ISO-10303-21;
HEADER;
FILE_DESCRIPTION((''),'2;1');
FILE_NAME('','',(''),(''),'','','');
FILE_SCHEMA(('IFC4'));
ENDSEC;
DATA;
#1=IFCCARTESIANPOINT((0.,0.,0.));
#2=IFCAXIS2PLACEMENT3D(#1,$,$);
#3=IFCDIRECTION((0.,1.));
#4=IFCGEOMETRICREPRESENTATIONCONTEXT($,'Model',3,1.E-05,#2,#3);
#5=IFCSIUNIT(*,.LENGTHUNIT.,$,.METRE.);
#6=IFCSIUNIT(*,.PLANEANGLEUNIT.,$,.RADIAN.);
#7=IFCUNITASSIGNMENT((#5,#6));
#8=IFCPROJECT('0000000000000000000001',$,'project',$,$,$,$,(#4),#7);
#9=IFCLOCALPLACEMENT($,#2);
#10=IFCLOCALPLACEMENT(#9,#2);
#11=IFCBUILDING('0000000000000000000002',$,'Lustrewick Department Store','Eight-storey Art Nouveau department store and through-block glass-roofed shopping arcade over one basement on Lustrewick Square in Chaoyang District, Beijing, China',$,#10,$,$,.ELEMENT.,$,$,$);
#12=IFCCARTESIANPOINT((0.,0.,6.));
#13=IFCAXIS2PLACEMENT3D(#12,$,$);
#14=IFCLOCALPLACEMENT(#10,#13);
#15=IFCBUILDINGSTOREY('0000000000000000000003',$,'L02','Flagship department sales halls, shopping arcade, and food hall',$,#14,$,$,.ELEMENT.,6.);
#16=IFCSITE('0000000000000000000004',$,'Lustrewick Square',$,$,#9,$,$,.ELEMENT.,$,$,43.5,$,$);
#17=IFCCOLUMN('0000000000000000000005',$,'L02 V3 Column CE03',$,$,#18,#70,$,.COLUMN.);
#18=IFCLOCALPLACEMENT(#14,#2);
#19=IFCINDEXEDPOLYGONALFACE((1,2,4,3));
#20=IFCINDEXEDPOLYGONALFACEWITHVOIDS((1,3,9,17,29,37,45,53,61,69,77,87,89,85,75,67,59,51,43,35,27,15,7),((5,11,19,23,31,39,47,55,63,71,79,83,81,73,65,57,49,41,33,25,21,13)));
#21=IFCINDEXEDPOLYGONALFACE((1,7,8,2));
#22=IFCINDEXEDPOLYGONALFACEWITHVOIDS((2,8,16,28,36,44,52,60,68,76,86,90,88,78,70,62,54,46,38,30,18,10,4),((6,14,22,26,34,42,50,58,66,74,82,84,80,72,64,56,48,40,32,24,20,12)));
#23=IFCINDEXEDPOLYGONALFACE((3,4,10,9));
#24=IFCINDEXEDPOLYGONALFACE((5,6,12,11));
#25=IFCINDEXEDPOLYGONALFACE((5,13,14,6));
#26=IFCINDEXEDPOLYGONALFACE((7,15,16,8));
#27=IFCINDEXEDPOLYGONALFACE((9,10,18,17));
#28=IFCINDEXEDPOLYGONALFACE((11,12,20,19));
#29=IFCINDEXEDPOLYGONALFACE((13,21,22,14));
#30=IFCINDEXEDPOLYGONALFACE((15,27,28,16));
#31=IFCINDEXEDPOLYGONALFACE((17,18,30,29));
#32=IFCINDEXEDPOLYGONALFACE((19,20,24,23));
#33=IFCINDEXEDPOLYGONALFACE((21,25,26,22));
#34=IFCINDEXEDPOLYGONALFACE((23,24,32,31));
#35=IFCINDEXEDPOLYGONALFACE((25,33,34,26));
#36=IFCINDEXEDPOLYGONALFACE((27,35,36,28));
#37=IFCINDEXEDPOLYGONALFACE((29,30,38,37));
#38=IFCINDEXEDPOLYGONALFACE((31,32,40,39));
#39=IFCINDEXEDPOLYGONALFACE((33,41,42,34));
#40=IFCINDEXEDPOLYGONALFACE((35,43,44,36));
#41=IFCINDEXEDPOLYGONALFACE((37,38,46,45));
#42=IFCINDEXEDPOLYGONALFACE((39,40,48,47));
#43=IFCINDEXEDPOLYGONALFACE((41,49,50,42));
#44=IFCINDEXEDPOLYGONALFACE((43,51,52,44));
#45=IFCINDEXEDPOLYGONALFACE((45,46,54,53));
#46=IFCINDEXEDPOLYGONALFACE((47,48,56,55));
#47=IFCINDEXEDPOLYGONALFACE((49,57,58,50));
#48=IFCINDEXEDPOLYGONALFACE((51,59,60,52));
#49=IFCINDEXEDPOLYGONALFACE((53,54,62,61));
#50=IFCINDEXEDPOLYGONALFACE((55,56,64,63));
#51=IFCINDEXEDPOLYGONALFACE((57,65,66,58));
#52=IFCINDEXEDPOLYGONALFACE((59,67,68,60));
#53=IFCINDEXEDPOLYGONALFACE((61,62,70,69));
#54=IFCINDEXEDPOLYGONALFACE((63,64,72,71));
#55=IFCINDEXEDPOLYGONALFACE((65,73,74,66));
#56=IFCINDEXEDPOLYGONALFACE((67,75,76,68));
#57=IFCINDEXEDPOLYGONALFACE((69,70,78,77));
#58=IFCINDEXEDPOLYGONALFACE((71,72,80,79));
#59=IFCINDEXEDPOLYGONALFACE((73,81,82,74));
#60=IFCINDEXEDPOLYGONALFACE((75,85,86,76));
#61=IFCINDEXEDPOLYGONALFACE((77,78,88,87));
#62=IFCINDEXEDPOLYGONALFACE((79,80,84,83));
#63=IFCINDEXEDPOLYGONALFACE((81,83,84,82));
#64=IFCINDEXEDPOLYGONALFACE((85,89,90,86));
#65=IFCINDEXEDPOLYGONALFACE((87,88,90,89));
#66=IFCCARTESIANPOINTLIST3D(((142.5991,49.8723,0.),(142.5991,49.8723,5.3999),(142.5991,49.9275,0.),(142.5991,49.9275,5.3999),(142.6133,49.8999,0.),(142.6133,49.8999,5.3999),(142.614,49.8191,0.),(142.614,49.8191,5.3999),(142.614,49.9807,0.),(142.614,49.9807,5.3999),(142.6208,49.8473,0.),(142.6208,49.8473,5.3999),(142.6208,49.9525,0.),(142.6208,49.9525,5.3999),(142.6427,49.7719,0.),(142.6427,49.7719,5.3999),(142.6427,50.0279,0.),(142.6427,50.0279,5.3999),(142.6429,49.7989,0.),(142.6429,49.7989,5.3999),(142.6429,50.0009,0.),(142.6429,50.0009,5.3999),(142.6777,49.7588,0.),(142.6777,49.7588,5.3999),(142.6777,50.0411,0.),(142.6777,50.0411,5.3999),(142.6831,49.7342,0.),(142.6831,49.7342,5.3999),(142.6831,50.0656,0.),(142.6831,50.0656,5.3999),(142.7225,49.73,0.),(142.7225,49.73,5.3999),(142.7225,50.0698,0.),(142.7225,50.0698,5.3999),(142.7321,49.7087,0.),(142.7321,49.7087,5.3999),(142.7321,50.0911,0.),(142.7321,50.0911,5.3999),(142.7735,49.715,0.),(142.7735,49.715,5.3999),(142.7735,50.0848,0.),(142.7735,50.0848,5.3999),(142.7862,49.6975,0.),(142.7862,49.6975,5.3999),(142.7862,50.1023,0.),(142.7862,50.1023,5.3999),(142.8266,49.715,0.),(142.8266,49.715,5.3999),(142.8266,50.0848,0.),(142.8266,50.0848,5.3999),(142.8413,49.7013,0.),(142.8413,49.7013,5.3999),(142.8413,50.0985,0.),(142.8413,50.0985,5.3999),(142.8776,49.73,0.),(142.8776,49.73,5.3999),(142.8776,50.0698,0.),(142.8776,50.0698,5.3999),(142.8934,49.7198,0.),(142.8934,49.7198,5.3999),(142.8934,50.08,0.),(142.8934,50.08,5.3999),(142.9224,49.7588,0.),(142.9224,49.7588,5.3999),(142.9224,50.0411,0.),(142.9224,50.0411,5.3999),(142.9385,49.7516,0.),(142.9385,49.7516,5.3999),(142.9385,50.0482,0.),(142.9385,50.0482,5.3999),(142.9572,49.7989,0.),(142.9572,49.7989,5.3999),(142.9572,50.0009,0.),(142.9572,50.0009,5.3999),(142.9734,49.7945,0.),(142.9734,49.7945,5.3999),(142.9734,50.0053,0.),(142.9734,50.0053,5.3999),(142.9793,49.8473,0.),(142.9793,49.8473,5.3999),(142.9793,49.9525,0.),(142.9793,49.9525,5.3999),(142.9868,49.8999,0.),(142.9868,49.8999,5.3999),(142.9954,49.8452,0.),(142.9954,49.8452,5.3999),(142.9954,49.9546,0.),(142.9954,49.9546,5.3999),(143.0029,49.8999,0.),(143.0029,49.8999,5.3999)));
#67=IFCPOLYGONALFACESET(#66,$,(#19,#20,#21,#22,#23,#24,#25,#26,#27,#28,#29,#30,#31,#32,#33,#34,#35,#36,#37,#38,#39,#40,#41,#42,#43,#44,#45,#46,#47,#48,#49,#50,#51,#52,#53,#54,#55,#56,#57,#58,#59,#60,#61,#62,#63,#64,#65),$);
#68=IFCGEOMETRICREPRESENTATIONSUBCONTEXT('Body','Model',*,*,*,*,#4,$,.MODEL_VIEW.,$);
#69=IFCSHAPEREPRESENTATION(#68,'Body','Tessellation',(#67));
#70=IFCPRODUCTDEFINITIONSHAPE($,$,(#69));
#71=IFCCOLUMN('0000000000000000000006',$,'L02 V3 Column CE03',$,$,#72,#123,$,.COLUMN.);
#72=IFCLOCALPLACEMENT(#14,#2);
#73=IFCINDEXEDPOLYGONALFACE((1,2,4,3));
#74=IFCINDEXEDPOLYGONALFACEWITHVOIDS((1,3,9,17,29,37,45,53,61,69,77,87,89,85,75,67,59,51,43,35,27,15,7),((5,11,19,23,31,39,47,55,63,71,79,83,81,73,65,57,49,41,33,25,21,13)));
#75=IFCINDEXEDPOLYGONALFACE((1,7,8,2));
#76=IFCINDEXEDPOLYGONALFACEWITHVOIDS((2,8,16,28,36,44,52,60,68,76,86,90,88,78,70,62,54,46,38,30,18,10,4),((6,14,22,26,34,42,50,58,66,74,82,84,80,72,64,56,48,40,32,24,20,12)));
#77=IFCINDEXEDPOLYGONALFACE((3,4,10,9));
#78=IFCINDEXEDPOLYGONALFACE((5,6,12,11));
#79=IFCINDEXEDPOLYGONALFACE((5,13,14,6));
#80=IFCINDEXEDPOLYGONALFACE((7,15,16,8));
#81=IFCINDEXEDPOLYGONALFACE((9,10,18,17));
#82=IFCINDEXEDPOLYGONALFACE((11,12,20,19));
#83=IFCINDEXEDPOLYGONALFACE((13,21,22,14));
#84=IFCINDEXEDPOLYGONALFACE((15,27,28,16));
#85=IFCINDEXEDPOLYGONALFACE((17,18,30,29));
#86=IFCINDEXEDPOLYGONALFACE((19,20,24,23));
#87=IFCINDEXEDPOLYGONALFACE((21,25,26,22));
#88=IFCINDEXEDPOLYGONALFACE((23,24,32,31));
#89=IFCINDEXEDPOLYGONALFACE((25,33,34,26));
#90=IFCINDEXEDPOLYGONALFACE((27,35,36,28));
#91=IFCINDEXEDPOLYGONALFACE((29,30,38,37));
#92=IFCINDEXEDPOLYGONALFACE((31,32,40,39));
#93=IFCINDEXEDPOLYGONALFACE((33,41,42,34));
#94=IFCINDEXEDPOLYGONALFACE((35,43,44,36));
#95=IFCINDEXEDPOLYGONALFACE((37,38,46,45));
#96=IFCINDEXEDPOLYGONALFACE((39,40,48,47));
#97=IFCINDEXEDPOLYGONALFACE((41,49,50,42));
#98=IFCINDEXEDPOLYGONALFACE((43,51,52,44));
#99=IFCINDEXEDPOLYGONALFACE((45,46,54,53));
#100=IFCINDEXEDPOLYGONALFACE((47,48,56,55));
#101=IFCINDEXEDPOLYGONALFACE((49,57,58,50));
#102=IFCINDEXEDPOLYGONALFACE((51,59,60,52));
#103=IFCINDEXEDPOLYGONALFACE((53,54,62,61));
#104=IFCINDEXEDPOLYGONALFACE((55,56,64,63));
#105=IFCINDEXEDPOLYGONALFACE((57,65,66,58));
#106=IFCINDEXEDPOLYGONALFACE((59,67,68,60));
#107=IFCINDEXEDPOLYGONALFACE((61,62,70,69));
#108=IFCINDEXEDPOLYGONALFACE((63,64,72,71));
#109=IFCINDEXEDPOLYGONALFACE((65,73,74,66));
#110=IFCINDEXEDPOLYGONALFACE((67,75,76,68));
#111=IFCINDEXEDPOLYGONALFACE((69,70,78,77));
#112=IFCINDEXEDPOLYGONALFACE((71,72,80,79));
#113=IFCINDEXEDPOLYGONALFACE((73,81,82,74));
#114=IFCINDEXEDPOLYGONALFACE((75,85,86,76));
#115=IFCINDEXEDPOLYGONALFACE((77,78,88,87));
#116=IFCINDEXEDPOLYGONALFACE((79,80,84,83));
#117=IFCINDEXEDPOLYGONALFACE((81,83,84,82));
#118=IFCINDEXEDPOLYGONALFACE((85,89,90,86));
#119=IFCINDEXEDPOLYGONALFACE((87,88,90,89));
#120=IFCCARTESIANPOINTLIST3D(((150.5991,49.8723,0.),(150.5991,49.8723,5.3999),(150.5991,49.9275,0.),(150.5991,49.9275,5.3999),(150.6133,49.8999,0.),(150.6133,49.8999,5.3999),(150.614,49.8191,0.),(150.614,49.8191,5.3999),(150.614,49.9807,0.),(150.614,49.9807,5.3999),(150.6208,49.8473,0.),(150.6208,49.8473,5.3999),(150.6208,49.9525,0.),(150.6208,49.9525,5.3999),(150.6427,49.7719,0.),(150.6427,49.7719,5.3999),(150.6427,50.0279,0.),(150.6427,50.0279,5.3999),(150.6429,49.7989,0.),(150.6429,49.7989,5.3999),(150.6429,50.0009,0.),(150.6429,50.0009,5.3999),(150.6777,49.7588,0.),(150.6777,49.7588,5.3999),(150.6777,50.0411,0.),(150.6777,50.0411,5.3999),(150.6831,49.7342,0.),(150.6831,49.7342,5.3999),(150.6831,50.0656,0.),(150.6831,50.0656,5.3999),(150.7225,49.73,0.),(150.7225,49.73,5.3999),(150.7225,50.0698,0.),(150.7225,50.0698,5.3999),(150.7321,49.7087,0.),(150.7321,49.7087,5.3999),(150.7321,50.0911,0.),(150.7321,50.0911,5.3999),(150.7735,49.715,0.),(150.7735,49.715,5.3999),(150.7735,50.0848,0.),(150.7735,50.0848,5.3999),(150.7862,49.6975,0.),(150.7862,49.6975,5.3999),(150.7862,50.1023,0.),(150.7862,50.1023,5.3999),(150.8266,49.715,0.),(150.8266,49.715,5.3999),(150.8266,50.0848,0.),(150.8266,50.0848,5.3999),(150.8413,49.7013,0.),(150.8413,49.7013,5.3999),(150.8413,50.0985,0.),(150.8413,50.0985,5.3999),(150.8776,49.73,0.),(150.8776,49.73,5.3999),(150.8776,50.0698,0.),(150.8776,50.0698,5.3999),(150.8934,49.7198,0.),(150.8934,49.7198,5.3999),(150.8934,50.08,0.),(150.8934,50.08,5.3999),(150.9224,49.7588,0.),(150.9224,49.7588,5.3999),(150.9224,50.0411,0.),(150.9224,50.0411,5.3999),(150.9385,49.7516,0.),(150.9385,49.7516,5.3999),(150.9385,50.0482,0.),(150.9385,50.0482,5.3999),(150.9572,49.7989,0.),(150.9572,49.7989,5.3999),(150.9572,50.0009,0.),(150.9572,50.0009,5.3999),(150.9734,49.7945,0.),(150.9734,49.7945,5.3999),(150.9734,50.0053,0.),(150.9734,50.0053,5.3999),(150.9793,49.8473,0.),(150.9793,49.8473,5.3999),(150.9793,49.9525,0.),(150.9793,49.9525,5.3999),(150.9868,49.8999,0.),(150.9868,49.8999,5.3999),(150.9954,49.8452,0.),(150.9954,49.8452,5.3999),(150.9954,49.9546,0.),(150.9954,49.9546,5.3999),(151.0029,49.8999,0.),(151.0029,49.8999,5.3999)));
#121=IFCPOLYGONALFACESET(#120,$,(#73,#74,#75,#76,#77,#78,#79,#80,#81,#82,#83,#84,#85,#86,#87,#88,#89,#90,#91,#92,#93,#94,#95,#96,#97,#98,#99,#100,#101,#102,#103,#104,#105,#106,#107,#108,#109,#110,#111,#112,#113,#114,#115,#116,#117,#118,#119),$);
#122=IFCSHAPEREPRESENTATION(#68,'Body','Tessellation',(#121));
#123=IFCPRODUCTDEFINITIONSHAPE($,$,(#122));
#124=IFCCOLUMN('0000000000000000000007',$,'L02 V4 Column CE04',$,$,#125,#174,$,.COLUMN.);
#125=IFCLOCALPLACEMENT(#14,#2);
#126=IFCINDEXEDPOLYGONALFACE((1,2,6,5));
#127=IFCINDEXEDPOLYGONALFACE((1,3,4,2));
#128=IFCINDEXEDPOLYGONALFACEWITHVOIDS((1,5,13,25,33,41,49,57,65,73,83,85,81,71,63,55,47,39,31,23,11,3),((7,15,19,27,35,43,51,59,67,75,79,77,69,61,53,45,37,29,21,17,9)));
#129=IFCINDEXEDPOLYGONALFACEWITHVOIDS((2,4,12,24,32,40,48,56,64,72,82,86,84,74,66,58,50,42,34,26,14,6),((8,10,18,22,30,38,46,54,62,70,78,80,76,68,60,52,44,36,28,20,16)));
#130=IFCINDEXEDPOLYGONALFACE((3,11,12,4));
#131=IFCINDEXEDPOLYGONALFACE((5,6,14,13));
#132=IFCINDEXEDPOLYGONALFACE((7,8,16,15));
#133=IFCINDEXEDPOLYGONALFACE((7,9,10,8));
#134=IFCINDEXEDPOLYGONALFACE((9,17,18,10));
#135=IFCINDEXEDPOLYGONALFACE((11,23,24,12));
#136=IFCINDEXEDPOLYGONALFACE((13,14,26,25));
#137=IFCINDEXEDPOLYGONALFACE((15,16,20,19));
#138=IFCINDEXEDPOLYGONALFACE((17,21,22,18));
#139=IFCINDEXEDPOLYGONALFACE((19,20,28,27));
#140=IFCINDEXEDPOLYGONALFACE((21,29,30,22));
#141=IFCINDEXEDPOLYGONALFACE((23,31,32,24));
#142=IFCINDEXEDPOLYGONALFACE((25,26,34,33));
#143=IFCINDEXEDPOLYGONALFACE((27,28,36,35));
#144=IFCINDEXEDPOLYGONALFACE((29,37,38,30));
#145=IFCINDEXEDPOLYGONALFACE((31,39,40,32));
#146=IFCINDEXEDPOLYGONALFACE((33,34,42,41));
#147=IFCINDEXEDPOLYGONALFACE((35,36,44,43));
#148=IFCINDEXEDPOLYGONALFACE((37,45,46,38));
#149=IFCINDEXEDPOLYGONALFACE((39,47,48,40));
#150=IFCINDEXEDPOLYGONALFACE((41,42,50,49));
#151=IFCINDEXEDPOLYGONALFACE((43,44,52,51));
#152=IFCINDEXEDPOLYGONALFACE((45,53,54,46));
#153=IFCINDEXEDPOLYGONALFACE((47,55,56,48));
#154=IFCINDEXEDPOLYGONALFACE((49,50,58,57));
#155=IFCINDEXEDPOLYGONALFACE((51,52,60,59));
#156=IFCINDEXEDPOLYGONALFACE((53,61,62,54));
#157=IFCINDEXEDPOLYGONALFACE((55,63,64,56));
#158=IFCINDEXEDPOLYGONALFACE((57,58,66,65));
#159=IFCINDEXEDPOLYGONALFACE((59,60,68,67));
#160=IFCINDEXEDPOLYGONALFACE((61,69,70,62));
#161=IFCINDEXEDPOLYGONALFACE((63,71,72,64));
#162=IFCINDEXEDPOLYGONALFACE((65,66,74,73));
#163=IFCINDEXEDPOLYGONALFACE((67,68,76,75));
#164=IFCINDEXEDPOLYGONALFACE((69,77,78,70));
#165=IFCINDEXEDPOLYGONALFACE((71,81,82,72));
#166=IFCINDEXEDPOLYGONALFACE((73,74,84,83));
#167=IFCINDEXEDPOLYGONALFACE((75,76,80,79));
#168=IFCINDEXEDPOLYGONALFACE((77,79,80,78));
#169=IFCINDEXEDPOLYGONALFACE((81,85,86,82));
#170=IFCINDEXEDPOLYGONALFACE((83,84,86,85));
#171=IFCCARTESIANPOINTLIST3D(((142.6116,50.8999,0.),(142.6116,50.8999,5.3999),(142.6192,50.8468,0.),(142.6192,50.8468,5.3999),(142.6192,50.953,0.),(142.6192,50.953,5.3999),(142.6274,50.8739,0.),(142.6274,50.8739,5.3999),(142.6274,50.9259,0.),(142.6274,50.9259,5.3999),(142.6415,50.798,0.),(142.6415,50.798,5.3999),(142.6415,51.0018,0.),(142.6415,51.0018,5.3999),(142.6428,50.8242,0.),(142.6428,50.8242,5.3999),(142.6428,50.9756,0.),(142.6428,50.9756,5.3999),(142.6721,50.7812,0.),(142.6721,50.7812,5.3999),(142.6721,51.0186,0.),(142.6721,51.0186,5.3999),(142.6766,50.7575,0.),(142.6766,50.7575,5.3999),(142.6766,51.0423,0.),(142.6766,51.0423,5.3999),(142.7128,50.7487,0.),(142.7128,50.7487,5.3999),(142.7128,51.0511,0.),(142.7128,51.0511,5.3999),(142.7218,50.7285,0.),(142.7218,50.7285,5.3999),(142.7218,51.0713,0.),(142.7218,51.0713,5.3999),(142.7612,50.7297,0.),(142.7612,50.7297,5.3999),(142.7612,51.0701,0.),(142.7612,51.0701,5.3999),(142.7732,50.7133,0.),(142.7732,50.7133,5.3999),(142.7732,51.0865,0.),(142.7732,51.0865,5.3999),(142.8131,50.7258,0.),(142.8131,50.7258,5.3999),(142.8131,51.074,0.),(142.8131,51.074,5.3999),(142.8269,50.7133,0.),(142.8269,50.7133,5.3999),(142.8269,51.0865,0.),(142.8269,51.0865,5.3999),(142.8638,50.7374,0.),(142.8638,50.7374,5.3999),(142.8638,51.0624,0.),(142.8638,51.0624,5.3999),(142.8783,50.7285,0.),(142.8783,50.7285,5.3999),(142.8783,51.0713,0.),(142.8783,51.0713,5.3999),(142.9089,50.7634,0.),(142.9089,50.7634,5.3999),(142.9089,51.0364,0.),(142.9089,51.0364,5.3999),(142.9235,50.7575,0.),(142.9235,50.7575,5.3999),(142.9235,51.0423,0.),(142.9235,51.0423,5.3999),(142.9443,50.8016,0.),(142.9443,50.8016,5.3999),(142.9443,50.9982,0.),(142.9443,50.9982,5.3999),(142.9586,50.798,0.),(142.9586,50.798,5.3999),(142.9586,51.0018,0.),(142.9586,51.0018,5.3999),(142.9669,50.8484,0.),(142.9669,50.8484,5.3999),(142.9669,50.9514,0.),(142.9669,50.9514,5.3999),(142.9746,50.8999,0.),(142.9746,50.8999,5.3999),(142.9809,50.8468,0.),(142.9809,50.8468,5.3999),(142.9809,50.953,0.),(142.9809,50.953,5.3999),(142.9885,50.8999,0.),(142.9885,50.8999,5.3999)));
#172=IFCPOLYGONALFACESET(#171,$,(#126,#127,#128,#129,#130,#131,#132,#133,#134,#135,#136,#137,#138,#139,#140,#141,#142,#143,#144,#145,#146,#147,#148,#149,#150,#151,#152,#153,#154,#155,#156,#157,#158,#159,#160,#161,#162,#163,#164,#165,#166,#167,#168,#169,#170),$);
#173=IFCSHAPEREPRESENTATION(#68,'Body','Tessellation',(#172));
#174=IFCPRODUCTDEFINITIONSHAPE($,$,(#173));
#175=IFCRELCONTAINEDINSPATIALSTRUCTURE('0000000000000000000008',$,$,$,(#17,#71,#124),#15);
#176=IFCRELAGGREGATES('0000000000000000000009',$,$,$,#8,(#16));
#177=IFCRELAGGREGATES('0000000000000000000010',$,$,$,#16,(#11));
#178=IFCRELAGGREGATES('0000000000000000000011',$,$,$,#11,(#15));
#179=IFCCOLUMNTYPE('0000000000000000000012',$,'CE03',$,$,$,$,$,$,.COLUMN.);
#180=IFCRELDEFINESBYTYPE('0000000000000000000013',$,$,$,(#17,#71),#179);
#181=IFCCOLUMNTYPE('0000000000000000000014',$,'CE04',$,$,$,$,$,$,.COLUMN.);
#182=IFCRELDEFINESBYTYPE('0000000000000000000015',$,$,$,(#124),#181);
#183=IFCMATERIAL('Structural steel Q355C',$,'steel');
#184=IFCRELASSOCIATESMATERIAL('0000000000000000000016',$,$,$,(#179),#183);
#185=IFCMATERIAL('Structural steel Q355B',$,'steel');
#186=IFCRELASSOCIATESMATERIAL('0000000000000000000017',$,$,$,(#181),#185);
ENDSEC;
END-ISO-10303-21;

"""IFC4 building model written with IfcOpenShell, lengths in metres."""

from ifc_helpers import new_model, si_unit, direction, frame, origin, origin_2d, place, context, subcontext, project, spatial, hollow_circle, extrude, material, material_profile, profile_set, type_object, element, save


model = new_model("IFC4")

# Units and contexts
model_context = context("Model", 3, precision=1e-05, world=origin(), true_north=direction((0.0, 1.0)))
body_context = subcontext(model_context, "Body", "Model", "MODEL_VIEW")
ifc_project = project(units=[si_unit("LENGTHUNIT", "METRE"), si_unit("PLANEANGLEUNIT", "RADIAN")], contexts=[model_context])

# Site, building, storey
site_placement = place(None, origin())
site = spatial("IfcSite", under=ifc_project, at=site_placement, Name="Lustrewick Square", CompositionType="ELEMENT", RefElevation=43.5)
building_placement = place(site_placement, origin())
building = spatial("IfcBuilding", under=site, at=building_placement, Name="Lustrewick Department Store", Description="Eight-storey Art Nouveau department store and through-block glass-roofed shopping arcade over one basement on Lustrewick Square in Chaoyang District, Beijing, China", CompositionType="ELEMENT")
storey_placement = place(building_placement, frame((0.0, 0.0, 6.0)))
storey = spatial("IfcBuildingStorey", under=building, at=storey_placement, Name="L02", Description="Flagship department sales halls, shopping arcade, and food hall", CompositionType="ELEMENT", Elevation=6.0)

# Columns
ifc_material_1 = material(Name="Structural steel Q355C", Category="steel")
ifc_material_profile_1 = material_profile(ifc_material_1, hollow_circle(Radius=0.2029, WallThickness=0.0161, at=origin_2d()), Name="CHS 406x16")
ifc_profile_set_1 = profile_set([ifc_material_profile_1], Name="Structural steel Q355C")
column_type_1 = type_object("IfcColumnType", Name="CE03", PredefinedType="COLUMN", material=ifc_profile_set_1)
for number, where, z_axis, x_axis, name in (
    (1, (142.8, 49.8999, 0.0), (0.0, 0.0, 1.0), (1.0, 0.0, 0.0), "L02 V3 Column CE03"),
    (2, (150.8, 49.8999, 0.0), (0.0, 0.0, 1.0), (1.0, 0.0, 0.0), "L02 V3 Column CE03"),
):
    element("IfcColumn", number, at=place(storey_placement, frame(where, z_axis=z_axis, x_axis=x_axis)), inside=storey, type_object=column_type_1, Name=name, PredefinedType="COLUMN", context=body_context, shape_type="SweptSolid", body=[
        extrude(hollow_circle(Radius=0.2029, WallThickness=0.0161, at=origin_2d()), origin(), (0.0, 0.0, 1.0), 5.3999),
    ])
ifc_material_2 = material(Name="Structural steel Q355B", Category="steel")
ifc_material_profile_2 = material_profile(ifc_material_2, hollow_circle(Radius=0.1885, WallThickness=0.0139, at=origin_2d()), Name="CHS 377x14")
ifc_profile_set_2 = profile_set([ifc_material_profile_2], Name="Structural steel Q355B")
column_type_2 = type_object("IfcColumnType", Name="CE04", PredefinedType="COLUMN", material=ifc_profile_set_2)
column_placement = place(storey_placement, frame((142.8, 50.8999, 0.0), z_axis=(0.0, 0.0, 1.0), x_axis=(1.0, 0.0, 0.0)))
element("IfcColumn", 3, at=column_placement, inside=storey, type_object=column_type_2, Name="L02 V4 Column CE04", PredefinedType="COLUMN", context=body_context, shape_type="SweptSolid", body=[
    extrude(hollow_circle(Radius=0.1885, WallThickness=0.0139, at=origin_2d()), origin(), (0.0, 0.0, 1.0), 5.3999),
])

save(model, "model.ifc")
